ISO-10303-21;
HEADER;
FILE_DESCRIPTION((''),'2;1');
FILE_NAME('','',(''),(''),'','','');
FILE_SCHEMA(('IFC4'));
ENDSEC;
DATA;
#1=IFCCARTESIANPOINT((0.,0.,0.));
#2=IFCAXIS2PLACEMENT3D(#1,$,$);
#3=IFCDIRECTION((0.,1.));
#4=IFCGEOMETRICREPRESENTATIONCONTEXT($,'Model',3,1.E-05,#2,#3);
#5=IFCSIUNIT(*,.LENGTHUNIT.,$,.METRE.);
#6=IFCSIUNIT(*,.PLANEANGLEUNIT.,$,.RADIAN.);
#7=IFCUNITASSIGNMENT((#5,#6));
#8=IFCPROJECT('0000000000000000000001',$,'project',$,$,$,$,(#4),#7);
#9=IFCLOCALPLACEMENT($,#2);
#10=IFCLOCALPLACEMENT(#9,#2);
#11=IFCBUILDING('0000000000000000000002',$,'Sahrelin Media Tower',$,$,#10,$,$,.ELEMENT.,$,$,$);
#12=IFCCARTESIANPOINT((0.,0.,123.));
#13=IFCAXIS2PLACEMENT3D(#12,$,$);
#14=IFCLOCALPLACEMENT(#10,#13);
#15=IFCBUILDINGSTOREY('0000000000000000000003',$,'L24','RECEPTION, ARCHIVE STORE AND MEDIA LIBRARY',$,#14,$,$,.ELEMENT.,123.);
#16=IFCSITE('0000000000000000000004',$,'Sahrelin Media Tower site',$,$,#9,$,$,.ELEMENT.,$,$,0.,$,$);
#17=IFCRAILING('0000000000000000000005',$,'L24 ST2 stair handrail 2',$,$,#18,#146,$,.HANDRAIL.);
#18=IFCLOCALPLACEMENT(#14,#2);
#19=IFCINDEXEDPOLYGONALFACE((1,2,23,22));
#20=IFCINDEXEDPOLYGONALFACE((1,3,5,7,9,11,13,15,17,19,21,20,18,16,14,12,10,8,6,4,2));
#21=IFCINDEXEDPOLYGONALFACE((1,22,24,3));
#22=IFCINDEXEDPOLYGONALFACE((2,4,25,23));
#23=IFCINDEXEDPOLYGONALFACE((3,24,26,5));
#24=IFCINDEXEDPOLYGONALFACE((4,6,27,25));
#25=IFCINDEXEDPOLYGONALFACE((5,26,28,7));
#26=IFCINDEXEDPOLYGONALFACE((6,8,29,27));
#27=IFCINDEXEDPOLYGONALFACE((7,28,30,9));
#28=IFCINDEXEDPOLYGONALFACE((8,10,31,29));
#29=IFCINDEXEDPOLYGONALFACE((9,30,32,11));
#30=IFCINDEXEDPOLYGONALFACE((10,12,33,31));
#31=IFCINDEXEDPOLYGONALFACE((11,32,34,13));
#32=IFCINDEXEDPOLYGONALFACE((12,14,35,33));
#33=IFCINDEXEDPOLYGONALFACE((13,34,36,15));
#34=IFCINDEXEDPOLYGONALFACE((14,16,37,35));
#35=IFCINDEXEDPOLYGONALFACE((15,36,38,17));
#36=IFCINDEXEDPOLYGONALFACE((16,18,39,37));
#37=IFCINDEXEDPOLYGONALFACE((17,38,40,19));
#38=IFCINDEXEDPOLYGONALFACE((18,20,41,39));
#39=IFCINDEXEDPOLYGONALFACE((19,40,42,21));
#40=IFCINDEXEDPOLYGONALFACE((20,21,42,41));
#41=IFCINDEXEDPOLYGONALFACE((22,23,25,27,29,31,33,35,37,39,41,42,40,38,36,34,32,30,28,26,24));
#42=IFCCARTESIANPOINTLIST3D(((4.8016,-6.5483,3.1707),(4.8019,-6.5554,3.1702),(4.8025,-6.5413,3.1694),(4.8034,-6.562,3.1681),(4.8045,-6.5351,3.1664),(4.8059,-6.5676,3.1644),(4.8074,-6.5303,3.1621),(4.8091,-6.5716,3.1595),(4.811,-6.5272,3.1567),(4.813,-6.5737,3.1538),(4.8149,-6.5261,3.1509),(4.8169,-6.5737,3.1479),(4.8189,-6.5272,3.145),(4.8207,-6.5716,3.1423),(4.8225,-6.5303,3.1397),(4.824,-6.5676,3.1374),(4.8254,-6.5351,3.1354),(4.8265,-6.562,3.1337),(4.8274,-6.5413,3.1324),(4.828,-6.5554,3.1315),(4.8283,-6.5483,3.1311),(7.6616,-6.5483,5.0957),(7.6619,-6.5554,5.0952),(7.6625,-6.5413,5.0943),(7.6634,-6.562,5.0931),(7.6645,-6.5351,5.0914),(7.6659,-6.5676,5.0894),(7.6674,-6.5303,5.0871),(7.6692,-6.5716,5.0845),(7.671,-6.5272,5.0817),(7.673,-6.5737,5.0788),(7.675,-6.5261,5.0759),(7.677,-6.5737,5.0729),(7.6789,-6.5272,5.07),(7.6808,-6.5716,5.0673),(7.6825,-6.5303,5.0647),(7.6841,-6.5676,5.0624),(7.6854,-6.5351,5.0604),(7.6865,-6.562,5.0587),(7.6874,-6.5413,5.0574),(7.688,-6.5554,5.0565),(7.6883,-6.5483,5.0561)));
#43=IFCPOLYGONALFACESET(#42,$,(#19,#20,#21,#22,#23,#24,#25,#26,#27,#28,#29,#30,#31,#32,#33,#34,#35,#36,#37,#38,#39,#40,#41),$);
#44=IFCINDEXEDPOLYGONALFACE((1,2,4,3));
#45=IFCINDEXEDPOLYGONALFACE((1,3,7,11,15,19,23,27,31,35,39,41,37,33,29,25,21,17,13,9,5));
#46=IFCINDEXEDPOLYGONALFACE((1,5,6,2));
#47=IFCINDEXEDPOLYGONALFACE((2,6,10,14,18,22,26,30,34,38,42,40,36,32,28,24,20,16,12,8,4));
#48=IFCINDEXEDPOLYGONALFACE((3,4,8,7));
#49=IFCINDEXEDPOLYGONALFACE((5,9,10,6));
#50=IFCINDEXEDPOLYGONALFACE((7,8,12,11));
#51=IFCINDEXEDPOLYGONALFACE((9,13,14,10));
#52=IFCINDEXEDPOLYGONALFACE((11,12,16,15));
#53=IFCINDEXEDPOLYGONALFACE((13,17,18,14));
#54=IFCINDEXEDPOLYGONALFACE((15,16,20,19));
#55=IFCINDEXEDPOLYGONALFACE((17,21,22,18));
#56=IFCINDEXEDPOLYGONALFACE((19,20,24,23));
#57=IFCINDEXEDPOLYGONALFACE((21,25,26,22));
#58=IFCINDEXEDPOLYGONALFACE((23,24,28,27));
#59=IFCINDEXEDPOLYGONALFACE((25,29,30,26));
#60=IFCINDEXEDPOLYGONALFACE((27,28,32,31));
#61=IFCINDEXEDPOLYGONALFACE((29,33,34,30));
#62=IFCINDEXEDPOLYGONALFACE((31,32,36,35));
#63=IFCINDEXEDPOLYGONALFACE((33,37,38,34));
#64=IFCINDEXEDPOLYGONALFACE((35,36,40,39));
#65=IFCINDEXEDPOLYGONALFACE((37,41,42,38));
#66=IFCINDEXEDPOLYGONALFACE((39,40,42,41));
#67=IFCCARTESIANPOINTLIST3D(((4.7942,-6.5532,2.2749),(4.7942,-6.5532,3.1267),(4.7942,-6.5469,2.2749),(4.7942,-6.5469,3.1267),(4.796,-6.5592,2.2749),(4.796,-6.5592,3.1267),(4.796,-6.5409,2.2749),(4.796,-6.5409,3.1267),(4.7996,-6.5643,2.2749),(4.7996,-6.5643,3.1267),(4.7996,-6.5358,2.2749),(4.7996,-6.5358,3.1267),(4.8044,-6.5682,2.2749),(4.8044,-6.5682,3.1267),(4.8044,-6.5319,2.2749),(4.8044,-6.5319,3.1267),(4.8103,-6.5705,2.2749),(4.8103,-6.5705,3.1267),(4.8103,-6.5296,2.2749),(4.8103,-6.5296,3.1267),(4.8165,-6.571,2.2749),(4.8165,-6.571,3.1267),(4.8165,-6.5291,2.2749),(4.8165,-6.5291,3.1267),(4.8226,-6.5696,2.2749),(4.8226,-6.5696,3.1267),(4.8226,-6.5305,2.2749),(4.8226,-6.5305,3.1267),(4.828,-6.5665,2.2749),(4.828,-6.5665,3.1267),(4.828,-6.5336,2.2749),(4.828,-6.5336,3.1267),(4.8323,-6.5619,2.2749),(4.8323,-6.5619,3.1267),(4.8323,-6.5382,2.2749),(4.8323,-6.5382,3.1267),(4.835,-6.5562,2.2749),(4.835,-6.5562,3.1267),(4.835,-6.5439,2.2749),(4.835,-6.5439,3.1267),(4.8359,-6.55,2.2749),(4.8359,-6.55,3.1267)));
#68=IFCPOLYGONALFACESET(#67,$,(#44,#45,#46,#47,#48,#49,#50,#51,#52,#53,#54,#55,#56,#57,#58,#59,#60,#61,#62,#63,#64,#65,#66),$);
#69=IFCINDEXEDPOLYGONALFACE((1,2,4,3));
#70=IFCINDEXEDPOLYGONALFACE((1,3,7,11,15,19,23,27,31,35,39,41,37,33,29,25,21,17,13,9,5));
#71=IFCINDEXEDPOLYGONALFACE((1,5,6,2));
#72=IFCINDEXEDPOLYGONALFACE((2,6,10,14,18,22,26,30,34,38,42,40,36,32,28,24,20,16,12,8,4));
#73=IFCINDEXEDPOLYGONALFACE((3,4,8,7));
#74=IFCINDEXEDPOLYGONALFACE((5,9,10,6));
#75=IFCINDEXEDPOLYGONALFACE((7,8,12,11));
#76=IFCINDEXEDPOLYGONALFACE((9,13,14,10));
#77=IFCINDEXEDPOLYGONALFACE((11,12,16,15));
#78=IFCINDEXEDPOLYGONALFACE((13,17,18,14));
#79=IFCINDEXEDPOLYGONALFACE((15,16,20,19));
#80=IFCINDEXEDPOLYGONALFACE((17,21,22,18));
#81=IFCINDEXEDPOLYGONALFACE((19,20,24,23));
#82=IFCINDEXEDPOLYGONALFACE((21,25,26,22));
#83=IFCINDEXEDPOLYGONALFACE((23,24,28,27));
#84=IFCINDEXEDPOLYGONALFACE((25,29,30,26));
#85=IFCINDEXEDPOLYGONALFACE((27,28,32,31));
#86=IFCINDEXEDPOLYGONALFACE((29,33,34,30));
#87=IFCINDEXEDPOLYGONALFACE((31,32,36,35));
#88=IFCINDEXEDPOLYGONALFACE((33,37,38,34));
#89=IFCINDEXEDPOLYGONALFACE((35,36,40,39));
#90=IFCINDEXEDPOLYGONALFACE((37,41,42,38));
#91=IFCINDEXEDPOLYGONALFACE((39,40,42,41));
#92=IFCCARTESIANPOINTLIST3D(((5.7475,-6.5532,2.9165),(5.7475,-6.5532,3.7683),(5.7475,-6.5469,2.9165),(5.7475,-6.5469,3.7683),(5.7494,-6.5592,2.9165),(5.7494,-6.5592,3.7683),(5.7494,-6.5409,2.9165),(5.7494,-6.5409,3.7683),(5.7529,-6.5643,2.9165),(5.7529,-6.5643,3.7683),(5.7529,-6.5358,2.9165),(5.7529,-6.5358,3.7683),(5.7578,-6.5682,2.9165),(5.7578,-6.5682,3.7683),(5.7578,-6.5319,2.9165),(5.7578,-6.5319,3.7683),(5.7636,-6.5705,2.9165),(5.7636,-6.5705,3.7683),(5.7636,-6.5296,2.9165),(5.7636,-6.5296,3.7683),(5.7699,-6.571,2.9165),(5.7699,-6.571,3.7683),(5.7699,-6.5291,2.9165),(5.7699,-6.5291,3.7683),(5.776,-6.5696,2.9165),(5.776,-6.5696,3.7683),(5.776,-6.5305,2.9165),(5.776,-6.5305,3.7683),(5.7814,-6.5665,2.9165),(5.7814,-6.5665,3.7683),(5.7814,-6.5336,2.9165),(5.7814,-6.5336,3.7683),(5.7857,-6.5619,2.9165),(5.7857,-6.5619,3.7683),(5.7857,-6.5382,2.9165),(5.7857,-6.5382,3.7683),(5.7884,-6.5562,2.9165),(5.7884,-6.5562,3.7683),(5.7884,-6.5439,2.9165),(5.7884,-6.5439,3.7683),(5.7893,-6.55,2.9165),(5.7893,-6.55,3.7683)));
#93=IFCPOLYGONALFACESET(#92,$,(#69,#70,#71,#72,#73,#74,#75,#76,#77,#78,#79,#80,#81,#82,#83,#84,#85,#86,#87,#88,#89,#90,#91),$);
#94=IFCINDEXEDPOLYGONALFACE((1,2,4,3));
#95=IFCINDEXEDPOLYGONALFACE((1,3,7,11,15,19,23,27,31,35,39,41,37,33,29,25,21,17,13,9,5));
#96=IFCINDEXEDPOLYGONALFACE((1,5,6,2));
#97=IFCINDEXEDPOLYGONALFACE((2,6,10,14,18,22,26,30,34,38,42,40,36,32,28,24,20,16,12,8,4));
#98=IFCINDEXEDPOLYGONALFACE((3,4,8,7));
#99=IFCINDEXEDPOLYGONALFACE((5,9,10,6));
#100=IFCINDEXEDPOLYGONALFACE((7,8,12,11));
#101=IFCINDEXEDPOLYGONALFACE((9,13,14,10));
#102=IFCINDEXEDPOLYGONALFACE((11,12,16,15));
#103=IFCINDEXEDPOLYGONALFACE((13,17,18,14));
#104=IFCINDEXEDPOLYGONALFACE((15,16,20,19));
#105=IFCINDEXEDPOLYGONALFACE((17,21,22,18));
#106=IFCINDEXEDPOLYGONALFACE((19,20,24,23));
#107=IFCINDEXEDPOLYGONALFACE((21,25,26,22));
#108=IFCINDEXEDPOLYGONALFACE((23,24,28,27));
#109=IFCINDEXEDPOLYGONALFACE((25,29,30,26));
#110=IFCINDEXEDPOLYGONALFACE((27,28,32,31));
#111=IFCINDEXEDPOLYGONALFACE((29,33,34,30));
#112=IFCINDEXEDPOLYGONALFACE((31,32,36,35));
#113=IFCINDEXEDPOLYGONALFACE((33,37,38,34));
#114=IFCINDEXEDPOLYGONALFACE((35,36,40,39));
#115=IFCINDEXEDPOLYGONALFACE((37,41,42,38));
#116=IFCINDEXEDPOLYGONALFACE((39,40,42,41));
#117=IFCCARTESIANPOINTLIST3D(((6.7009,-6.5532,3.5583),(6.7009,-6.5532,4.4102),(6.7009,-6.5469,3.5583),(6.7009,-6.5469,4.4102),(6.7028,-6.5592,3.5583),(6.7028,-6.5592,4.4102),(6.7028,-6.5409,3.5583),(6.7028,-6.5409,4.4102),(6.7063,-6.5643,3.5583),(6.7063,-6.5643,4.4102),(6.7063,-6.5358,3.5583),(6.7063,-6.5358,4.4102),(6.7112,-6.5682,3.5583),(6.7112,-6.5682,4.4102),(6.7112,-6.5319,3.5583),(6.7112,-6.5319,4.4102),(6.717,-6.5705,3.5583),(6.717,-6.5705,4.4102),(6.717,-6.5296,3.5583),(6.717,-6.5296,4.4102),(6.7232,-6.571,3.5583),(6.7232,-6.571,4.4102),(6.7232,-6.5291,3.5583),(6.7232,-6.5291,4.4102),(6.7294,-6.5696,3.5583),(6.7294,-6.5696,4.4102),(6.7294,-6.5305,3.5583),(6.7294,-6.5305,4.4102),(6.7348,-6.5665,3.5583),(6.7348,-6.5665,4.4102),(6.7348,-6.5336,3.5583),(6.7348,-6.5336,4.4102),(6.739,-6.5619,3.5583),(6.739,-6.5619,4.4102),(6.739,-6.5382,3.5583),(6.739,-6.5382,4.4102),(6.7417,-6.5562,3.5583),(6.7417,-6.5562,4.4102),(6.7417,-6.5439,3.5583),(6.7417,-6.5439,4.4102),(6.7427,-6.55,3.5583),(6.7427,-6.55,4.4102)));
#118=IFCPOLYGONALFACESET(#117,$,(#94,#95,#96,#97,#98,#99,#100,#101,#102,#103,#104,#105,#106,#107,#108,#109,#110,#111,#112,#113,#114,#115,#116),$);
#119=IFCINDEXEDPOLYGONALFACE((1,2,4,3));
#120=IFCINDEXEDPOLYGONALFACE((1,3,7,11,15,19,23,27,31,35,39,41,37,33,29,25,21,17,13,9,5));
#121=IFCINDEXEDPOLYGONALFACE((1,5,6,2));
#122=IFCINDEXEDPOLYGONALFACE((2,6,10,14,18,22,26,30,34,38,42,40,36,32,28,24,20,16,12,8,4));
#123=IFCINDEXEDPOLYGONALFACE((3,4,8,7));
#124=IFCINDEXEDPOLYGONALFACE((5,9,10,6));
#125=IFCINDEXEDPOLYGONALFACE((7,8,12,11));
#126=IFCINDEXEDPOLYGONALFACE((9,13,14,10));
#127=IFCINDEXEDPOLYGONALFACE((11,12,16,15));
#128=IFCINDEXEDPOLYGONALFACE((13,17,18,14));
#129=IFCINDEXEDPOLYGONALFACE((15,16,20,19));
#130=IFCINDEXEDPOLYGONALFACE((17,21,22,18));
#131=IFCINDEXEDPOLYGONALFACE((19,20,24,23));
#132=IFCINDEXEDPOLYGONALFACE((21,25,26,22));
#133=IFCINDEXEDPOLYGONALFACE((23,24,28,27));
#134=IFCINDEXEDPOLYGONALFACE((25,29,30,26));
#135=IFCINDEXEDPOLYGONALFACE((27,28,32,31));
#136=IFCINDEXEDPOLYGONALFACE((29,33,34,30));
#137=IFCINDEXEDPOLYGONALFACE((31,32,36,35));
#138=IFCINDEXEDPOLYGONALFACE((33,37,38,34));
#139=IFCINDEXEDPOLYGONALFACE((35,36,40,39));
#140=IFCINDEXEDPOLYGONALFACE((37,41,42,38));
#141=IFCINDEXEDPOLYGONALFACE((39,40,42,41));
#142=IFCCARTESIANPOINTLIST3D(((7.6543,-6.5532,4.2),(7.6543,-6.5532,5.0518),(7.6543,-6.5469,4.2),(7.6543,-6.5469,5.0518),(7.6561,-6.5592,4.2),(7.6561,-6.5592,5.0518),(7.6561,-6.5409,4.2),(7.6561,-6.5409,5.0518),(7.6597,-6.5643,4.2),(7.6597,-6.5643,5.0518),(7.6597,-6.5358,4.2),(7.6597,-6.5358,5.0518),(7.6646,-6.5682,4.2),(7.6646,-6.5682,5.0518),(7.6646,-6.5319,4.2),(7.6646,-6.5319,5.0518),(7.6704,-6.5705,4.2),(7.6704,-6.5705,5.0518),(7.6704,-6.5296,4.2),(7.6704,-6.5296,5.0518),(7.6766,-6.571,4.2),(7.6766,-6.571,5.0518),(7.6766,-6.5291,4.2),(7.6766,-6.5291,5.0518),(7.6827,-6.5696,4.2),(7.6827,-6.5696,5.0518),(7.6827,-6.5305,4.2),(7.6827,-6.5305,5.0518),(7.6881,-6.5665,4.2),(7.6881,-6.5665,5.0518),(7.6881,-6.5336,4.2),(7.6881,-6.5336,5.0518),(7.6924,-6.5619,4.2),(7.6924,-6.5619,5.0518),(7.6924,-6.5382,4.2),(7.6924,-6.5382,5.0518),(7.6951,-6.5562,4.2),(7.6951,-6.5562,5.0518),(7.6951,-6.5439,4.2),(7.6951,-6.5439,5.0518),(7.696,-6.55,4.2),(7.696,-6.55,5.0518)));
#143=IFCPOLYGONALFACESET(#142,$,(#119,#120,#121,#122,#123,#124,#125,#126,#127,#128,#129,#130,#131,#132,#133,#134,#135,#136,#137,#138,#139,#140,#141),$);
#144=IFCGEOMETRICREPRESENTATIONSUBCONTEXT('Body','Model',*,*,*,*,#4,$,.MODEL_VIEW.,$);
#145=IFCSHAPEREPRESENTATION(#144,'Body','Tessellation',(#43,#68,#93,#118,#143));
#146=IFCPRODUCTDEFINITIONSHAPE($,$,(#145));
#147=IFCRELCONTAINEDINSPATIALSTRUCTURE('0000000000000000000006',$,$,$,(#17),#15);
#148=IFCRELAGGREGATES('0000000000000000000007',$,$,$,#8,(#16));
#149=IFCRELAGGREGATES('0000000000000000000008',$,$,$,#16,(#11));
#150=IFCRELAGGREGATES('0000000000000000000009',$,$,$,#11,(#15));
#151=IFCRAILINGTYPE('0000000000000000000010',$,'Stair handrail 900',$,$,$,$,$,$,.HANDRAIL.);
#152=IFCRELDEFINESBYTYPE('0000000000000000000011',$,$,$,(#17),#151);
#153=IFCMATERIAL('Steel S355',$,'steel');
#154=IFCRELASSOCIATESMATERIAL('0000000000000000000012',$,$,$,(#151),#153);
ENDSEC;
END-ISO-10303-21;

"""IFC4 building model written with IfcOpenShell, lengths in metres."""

from ifc_helpers import new_model, si_unit, direction, frame, origin, origin_2d, place, context, subcontext, project, spatial, circle, extrude, material, type_object, element, save


model = new_model("IFC4")

# Units and contexts
model_context = context("Model", 3, precision=1e-05, world=origin(), true_north=direction((0.0, 1.0)))
body_context = subcontext(model_context, "Body", "Model", "MODEL_VIEW")
ifc_project = project(units=[si_unit("LENGTHUNIT", "METRE"), si_unit("PLANEANGLEUNIT", "RADIAN")], contexts=[model_context])

# Site, building, storey
site_placement = place(None, origin())
site = spatial("IfcSite", under=ifc_project, at=site_placement, Name="Sahrelin Media Tower site", CompositionType="ELEMENT", RefElevation=0.0)
building_placement = place(site_placement, origin())
building = spatial("IfcBuilding", under=site, at=building_placement, Name="Sahrelin Media Tower", CompositionType="ELEMENT")
storey_placement = place(building_placement, frame((0.0, 0.0, 123.0)))
storey = spatial("IfcBuildingStorey", under=building, at=storey_placement, Name="L24", Description="RECEPTION, ARCHIVE STORE AND MEDIA LIBRARY", CompositionType="ELEMENT", Elevation=123.0)

# Shared definitions
ifc_material_1 = material(Name="Steel S355", Category="steel")

# Railing
railing_type_1 = type_object("IfcRailingType", Name="Stair handrail 900", PredefinedType="HANDRAIL", material=ifc_material_1)
railing_1_placement = place(storey_placement, frame((4.8149, -6.55, 2.2749)))
element("IfcRailing", 1, at=railing_1_placement, inside=storey, type_object=railing_type_1, Name="L24 ST2 stair handrail 2", PredefinedType="HANDRAIL", context=body_context, shape_type="SweptSolid", body=[
    extrude(circle(Radius=0.0239, at=origin_2d()), frame((0.0, 0.0, 0.876), z_axis=(0.829591, 0.0, 0.558372), x_axis=(0.0, 1.0, 0.0)), (0.0, 0.0, 1.0), 3.4475),
    extrude(circle(Radius=0.021, at=origin_2d()), origin(), (0.0, 0.0, 1.0), 0.8518),
    extrude(circle(Radius=0.021, at=origin_2d()), frame((0.9534, 0.0, 0.6416)), (0.0, 0.0, 1.0), 0.8518),
    extrude(circle(Radius=0.021, at=origin_2d()), frame((1.9067, 0.0, 1.2834)), (0.0, 0.0, 1.0), 0.8518),
    extrude(circle(Radius=0.021, at=origin_2d()), frame((2.8601, 0.0, 1.925)), (0.0, 0.0, 1.0), 0.8518),
])

save(model, "model.ifc")
